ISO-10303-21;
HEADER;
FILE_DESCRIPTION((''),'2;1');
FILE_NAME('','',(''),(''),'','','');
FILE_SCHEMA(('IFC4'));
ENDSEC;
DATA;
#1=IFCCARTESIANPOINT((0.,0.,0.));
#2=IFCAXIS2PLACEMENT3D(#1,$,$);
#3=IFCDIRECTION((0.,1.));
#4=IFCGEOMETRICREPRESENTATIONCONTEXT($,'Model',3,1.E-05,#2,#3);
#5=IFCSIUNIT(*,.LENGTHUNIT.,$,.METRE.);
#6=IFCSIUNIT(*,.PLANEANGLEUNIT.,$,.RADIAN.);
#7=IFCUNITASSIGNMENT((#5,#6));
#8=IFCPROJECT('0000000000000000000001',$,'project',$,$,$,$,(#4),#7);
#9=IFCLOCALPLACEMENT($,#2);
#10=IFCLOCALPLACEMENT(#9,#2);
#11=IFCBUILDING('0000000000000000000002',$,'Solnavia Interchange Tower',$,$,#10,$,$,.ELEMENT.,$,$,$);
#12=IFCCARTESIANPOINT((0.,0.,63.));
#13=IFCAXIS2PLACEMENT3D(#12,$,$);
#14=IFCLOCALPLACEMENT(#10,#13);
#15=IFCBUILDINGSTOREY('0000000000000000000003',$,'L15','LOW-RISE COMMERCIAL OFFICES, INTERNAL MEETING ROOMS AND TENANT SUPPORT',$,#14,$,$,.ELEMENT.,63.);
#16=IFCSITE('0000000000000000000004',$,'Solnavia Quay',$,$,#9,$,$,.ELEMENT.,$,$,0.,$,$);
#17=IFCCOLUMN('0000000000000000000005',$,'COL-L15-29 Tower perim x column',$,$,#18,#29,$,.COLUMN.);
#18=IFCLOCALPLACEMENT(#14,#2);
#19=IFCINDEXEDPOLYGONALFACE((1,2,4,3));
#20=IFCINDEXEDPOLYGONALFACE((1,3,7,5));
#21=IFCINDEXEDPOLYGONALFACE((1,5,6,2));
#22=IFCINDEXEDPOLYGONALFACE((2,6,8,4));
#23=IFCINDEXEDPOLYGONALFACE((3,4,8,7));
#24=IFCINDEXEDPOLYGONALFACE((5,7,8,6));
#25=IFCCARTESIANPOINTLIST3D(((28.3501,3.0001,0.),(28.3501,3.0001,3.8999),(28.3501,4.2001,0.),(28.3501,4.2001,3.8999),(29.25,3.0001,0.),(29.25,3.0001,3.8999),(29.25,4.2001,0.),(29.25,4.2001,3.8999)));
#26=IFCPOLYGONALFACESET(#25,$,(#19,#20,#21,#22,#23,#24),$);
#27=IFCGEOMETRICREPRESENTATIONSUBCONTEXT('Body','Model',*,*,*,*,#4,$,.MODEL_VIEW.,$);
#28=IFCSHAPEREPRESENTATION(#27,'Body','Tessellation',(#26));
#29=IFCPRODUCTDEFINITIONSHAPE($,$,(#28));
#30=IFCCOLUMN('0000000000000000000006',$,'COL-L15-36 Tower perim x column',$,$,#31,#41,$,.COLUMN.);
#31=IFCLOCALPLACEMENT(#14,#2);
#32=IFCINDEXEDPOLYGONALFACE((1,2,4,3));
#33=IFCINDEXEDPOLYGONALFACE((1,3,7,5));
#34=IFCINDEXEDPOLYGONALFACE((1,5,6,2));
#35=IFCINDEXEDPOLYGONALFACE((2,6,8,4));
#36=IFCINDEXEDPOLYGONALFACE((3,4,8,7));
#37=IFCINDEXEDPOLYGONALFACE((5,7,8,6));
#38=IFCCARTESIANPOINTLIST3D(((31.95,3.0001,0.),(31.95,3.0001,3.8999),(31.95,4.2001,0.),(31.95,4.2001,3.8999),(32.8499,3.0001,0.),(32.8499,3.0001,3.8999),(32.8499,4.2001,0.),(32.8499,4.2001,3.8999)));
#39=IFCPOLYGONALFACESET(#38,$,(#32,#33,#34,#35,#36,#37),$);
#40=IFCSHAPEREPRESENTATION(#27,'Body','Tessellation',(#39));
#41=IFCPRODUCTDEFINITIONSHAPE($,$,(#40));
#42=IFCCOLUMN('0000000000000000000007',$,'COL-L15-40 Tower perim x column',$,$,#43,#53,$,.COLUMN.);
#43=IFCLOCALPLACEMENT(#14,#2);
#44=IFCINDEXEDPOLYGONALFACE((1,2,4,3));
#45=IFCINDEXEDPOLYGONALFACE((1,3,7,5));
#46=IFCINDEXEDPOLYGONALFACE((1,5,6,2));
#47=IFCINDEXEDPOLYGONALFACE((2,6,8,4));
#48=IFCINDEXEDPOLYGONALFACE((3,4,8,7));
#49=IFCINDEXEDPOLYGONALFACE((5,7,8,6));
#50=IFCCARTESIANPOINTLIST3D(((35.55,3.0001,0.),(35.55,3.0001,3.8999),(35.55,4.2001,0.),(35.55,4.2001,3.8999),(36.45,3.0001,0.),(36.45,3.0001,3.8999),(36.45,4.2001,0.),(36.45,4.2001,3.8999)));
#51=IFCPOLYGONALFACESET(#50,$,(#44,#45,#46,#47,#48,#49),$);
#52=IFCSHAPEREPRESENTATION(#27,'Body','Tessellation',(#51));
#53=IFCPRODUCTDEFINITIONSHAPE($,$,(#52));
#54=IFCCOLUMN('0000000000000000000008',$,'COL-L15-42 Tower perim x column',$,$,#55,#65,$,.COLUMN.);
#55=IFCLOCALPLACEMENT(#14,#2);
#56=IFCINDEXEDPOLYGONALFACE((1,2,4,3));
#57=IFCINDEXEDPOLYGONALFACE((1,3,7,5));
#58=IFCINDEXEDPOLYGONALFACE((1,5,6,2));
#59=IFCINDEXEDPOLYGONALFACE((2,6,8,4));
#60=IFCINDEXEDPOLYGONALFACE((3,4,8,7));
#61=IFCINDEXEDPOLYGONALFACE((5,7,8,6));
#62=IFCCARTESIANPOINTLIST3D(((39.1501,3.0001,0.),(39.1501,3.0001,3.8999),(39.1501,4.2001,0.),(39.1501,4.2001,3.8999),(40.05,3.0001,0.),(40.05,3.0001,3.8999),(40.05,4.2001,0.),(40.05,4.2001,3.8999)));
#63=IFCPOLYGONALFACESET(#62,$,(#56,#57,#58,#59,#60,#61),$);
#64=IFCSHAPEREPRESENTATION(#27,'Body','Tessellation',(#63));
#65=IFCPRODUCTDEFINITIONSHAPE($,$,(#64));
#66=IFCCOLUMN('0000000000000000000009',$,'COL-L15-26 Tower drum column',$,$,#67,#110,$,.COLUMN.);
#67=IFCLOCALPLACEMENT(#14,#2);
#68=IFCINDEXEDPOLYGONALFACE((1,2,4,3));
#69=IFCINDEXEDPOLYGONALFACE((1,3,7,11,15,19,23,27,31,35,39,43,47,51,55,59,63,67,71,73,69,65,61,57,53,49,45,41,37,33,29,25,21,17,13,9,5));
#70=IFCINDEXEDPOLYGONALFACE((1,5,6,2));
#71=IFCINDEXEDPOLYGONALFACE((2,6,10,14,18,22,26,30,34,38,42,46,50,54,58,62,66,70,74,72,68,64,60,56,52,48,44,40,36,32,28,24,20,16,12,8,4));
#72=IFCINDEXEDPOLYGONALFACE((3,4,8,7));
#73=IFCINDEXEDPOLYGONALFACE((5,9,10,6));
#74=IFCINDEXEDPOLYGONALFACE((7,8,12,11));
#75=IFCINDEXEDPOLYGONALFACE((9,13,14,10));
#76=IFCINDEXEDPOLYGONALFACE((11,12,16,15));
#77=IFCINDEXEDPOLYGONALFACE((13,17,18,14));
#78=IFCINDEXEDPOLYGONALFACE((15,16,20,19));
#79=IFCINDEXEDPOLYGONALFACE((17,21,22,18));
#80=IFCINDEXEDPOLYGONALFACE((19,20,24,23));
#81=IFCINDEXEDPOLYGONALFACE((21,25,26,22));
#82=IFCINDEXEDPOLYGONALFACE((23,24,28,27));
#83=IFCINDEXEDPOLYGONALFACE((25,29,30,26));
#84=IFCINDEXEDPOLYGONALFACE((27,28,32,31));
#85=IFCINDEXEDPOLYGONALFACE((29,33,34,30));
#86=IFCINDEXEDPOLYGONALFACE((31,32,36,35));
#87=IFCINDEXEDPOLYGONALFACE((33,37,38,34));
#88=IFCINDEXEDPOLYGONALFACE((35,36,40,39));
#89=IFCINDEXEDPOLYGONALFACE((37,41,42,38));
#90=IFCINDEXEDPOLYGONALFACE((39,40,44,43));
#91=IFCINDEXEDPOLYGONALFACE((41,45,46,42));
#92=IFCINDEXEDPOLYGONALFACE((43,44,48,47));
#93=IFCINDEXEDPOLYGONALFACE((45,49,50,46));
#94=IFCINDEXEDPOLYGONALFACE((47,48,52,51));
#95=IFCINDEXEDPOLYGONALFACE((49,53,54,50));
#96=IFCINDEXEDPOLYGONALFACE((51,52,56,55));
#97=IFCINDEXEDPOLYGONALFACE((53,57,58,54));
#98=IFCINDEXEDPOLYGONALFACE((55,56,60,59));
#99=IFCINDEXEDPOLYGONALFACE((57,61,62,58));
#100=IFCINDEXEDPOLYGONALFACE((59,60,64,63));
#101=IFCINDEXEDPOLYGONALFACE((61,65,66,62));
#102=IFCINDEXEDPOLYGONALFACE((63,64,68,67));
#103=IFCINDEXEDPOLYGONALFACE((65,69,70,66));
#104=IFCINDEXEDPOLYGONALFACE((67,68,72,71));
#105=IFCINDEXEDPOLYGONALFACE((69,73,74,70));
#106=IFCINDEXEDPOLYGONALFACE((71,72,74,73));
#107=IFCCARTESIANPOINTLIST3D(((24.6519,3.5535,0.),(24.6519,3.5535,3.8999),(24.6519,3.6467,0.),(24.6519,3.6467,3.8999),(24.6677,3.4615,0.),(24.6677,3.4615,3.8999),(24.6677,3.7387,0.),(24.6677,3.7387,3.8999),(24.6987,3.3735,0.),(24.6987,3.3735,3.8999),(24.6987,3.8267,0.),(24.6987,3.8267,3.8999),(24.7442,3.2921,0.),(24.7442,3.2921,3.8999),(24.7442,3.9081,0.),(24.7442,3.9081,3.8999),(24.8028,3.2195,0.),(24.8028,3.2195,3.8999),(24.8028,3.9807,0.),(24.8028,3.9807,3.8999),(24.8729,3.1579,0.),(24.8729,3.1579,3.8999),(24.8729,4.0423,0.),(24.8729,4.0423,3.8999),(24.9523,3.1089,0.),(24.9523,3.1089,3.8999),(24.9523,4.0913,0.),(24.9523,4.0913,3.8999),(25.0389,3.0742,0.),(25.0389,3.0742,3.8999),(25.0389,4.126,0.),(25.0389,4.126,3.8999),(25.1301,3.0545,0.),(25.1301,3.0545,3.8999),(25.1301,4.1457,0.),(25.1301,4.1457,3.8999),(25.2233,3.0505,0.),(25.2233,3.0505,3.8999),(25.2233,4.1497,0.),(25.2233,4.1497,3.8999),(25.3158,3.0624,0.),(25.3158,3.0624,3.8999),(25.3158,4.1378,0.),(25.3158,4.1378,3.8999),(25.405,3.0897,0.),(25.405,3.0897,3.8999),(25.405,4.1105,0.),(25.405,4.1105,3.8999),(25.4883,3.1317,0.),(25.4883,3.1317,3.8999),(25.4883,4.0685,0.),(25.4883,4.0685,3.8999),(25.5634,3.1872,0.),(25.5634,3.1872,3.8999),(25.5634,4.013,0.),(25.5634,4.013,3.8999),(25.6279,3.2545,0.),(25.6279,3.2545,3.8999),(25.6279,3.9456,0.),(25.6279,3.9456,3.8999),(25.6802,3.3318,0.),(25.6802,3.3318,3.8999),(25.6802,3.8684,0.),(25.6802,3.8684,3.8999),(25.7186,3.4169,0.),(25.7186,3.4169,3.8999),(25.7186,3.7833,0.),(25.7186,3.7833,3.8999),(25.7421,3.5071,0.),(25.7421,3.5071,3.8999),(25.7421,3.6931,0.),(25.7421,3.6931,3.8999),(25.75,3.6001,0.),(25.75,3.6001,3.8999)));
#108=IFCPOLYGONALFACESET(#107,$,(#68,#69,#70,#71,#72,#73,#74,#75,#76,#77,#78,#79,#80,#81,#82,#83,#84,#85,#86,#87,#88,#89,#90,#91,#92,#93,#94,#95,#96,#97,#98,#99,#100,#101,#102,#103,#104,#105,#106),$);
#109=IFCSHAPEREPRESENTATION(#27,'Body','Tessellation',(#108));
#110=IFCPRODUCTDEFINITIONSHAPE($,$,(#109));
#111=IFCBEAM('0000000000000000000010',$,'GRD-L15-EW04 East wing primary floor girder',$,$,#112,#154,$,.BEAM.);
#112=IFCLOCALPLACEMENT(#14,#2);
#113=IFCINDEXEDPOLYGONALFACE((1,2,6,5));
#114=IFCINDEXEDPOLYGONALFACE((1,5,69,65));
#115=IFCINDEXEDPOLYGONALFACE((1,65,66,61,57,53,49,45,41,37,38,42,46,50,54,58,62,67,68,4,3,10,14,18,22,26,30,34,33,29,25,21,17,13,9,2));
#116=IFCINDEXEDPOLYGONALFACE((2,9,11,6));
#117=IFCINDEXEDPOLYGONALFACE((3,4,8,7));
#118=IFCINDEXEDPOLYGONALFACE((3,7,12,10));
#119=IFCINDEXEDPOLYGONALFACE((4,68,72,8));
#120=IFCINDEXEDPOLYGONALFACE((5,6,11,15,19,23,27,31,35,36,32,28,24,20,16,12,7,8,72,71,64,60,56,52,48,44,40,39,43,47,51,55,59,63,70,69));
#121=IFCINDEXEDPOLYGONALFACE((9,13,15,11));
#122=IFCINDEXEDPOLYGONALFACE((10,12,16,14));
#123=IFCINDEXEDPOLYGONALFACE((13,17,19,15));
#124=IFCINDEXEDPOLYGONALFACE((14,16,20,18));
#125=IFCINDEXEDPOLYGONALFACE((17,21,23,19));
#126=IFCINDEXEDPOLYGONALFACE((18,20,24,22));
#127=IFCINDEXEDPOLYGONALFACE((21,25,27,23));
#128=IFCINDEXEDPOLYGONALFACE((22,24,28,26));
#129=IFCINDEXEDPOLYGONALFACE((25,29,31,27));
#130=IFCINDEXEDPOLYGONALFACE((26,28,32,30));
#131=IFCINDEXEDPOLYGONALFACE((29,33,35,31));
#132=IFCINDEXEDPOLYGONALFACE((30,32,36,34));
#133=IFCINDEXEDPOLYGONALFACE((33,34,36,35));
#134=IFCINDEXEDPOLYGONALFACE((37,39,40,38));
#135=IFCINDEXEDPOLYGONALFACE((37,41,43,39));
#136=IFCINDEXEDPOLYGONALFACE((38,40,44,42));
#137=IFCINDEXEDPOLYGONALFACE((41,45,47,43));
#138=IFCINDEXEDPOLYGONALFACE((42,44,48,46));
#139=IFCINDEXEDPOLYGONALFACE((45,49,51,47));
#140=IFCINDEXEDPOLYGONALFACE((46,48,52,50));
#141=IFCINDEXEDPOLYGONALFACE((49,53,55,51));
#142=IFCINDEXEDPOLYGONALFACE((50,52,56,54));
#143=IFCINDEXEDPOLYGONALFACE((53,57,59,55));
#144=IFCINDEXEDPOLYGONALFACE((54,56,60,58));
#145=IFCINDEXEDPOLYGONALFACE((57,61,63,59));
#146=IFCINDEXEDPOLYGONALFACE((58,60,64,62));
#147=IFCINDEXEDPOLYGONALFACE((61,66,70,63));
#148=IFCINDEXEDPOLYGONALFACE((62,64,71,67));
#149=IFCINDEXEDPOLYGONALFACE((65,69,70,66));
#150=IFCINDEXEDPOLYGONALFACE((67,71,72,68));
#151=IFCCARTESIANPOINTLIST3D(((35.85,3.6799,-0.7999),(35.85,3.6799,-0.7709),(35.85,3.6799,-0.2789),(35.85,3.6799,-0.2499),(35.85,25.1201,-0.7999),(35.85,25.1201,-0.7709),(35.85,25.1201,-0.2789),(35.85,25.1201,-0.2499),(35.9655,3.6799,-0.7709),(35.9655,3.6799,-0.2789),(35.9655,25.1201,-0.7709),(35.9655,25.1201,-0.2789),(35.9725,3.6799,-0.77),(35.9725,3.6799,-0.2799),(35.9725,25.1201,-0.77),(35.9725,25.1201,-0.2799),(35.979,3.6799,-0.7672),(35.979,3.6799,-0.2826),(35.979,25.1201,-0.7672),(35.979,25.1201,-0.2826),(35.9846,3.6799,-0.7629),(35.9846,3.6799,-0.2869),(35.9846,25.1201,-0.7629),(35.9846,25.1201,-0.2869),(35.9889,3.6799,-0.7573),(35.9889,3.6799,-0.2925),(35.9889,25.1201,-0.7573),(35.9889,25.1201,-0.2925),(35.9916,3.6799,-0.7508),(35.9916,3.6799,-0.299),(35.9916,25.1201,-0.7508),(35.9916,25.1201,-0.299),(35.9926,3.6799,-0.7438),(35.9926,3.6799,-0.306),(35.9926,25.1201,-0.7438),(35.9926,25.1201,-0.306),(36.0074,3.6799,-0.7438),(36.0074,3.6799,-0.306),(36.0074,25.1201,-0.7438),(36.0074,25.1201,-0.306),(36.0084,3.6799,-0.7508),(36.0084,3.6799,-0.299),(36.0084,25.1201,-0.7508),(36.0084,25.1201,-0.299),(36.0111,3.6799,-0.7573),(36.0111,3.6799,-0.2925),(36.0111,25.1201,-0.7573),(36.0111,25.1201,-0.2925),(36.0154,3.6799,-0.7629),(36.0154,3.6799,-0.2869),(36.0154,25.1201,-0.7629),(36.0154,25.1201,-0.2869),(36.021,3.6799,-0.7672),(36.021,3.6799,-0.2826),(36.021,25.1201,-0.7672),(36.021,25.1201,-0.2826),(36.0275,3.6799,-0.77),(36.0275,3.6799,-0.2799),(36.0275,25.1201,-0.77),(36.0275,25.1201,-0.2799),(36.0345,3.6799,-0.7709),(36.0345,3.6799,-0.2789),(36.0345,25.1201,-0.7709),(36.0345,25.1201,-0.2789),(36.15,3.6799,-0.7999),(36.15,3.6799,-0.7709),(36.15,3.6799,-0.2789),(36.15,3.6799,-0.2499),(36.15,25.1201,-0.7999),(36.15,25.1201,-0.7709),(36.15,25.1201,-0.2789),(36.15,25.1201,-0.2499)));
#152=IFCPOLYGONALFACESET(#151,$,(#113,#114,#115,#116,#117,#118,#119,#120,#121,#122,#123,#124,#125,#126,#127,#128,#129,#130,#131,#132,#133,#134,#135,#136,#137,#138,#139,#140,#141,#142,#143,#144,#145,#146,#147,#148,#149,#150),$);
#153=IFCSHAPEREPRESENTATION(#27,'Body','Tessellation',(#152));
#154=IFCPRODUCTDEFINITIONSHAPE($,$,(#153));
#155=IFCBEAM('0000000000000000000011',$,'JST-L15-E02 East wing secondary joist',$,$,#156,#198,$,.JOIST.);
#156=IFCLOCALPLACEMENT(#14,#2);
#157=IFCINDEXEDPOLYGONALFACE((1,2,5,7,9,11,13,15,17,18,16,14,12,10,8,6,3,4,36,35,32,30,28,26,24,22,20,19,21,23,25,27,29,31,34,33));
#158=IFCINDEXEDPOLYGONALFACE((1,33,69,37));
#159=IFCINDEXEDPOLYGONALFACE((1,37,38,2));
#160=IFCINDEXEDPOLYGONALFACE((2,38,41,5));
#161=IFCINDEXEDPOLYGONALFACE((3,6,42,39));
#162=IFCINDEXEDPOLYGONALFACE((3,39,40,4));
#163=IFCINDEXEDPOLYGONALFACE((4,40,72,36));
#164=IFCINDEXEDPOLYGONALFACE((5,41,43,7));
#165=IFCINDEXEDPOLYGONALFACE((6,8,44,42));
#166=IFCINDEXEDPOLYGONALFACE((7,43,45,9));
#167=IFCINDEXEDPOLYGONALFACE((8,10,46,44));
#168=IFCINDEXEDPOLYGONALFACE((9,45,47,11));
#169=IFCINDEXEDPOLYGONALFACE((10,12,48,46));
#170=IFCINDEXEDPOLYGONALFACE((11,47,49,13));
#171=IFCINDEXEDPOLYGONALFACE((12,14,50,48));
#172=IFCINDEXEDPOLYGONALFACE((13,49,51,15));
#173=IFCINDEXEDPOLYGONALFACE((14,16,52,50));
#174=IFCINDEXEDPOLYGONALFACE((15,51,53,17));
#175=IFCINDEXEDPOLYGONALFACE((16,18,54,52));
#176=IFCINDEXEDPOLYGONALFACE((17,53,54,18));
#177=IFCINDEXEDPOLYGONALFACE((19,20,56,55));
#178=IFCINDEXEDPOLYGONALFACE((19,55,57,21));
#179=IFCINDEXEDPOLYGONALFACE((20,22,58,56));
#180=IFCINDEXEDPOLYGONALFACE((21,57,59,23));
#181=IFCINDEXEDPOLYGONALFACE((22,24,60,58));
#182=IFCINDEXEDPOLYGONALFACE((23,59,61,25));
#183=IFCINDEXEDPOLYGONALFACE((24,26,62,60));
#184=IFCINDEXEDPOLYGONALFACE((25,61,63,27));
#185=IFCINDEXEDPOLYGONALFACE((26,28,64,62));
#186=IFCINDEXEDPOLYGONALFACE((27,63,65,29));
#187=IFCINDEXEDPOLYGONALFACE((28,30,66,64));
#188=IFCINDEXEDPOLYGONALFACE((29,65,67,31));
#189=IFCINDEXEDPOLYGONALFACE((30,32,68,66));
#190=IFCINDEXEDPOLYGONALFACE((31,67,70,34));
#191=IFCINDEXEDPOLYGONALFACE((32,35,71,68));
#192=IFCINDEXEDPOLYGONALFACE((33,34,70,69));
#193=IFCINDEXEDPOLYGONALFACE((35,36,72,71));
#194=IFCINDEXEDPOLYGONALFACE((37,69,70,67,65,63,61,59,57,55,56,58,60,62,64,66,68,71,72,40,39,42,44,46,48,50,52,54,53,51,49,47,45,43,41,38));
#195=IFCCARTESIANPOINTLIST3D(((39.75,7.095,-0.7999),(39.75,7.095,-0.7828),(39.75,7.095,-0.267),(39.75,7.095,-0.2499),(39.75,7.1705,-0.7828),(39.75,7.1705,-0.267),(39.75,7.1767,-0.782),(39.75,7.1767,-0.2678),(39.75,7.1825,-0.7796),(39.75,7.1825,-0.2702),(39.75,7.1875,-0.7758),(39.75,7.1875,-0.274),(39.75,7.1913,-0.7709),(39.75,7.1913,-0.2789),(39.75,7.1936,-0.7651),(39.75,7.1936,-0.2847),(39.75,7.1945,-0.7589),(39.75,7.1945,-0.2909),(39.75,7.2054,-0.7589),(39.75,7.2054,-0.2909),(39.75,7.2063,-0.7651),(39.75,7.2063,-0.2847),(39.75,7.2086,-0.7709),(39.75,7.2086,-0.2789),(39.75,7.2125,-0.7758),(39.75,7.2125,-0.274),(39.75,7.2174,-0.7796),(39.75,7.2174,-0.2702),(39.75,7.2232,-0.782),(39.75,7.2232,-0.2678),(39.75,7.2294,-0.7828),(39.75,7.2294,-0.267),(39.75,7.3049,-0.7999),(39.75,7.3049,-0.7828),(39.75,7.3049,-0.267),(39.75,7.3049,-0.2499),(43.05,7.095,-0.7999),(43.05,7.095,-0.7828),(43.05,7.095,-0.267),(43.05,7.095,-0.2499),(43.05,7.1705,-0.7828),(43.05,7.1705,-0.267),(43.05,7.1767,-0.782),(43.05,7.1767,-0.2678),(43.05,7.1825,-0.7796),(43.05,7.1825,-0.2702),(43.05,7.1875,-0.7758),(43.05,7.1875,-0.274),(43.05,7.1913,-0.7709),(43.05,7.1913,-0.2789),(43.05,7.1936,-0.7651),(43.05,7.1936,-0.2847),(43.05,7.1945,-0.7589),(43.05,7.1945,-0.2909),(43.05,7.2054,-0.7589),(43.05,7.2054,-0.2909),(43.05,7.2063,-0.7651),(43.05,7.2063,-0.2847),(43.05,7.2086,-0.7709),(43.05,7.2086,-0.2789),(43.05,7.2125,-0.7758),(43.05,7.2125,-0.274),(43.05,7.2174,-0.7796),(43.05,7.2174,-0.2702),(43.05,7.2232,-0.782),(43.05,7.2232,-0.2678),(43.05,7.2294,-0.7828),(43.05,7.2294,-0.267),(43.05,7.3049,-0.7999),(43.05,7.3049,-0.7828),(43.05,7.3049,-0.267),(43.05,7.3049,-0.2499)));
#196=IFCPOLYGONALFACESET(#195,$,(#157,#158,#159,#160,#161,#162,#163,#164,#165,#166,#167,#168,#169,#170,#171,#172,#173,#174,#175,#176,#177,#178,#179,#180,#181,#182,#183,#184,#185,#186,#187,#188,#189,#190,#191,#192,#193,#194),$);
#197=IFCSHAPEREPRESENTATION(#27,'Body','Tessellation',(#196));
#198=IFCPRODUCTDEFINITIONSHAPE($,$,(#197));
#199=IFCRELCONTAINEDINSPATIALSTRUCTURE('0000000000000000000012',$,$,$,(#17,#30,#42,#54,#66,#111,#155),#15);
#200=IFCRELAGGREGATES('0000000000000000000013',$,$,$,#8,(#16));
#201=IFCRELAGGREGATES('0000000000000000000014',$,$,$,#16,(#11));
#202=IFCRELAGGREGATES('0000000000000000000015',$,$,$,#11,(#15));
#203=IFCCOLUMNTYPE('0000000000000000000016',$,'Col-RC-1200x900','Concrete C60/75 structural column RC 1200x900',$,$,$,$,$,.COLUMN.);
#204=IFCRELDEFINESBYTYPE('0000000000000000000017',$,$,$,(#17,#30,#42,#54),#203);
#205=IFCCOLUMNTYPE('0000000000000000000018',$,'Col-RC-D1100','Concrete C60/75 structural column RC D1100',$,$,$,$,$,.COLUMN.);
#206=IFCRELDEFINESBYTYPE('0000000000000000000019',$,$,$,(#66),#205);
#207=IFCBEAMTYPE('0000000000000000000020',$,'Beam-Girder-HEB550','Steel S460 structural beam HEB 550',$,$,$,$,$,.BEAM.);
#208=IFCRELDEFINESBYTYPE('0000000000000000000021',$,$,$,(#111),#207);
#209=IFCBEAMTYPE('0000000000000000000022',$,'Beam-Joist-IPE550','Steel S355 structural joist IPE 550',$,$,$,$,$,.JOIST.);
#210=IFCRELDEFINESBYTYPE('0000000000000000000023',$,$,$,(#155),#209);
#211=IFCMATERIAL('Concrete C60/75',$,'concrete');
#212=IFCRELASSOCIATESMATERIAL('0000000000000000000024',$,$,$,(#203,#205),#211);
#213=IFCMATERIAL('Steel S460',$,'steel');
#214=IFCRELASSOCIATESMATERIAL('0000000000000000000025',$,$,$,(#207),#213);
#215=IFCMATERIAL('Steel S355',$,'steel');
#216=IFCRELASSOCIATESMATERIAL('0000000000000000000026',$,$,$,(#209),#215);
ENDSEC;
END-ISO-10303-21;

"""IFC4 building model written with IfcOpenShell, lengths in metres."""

from ifc_helpers import new_model, si_unit, direction, frame, origin, origin_2d, place, context, subcontext, project, spatial, rectangle, circle, i_section, extrude, material, material_profile, profile_set, type_object, element, save


model = new_model("IFC4")

# Units and contexts
model_context = context("Model", 3, precision=1e-05, world=origin(), true_north=direction((0.0, 1.0)))
body_context = subcontext(model_context, "Body", "Model", "MODEL_VIEW")
ifc_project = project(units=[si_unit("LENGTHUNIT", "METRE"), si_unit("PLANEANGLEUNIT", "RADIAN")], contexts=[model_context])

# Site, building, storey
site_placement = place(None, origin())
site = spatial("IfcSite", under=ifc_project, at=site_placement, Name="Solnavia Quay", CompositionType="ELEMENT", RefElevation=0.0)
building_placement = place(site_placement, origin())
building = spatial("IfcBuilding", under=site, at=building_placement, Name="Solnavia Interchange Tower", CompositionType="ELEMENT")
storey_placement = place(building_placement, frame((0.0, 0.0, 63.0)))
storey = spatial("IfcBuildingStorey", under=building, at=storey_placement, Name="L15", Description="LOW-RISE COMMERCIAL OFFICES, INTERNAL MEETING ROOMS AND TENANT SUPPORT", CompositionType="ELEMENT", Elevation=63.0)

# Columns
ifc_material_1 = material(Name="Concrete C60/75", Category="concrete")
ifc_material_profile_1 = material_profile(ifc_material_1, rectangle(XDim=0.8999, YDim=1.2, at=origin_2d()), Name="RC 1200x900")
ifc_profile_set_1 = profile_set([ifc_material_profile_1], Name="Concrete C60/75")
column_type_1 = type_object("IfcColumnType", Name="Col-RC-1200x900", Description="Concrete C60/75 structural column RC 1200x900", PredefinedType="COLUMN", material=ifc_profile_set_1)
for number, where, z_axis, x_axis, name in (
    (1, (28.8, 3.6001, 0.0), (0.0, 0.0, 1.0), (1.0, 0.0, 0.0), "COL-L15-29 Tower perim x column"),
    (2, (32.3999, 3.6001, 0.0), (0.0, 0.0, 1.0), (1.0, 0.0, 0.0), "COL-L15-36 Tower perim x column"),
    (3, (36.0, 3.6001, 0.0), (0.0, 0.0, 1.0), (1.0, 0.0, 0.0), "COL-L15-40 Tower perim x column"),
    (4, (39.6001, 3.6001, 0.0), (0.0, 0.0, 1.0), (1.0, 0.0, 0.0), "COL-L15-42 Tower perim x column"),
):
    element("IfcColumn", number, at=place(storey_placement, frame(where, z_axis=z_axis, x_axis=x_axis)), inside=storey, type_object=column_type_1, Name=name, PredefinedType="COLUMN", context=body_context, shape_type="SweptSolid", body=[
        extrude(rectangle(XDim=0.8999, YDim=1.2, at=origin_2d()), origin(), (0.0, 0.0, 1.0), 3.8999),
    ])
ifc_material_profile_2 = material_profile(ifc_material_1, circle(Radius=0.55, at=origin_2d()), Name="RC D1100")
ifc_profile_set_2 = profile_set([ifc_material_profile_2], Name="Concrete C60/75")
column_type_2 = type_object("IfcColumnType", Name="Col-RC-D1100", Description="Concrete C60/75 structural column RC D1100", PredefinedType="COLUMN", material=ifc_profile_set_2)
column_placement = place(storey_placement, frame((25.2, 3.6001, 0.0), z_axis=(0.0, 0.0, 1.0), x_axis=(1.0, 0.0, 0.0)))
element("IfcColumn", 5, at=column_placement, inside=storey, type_object=column_type_2, Name="COL-L15-26 Tower drum column", PredefinedType="COLUMN", context=body_context, shape_type="SweptSolid", body=[
    extrude(circle(Radius=0.55, at=origin_2d()), origin(), (0.0, 0.0, 1.0), 3.8999),
])

# Beams
ifc_material_2 = material(Name="Steel S460", Category="steel")
ifc_material_profile_3 = material_profile(ifc_material_2, i_section(OverallWidth=0.3, OverallDepth=0.55, WebThickness=0.0149, FlangeThickness=0.0291, FilletRadius=0.0271, at=origin_2d()), Name="HEB 550")
ifc_profile_set_3 = profile_set([ifc_material_profile_3], Name="Steel S460")
beam_type_1 = type_object("IfcBeamType", Name="Beam-Girder-HEB550", Description="Steel S460 structural beam HEB 550", PredefinedType="BEAM", material=ifc_profile_set_3)
beam_1_placement = place(storey_placement, frame((36.0, 3.6799, -0.5249), z_axis=(0.0, 1.0, 0.0), x_axis=(-1.0, 0.0, 0.0)))
element("IfcBeam", 6, at=beam_1_placement, inside=storey, type_object=beam_type_1, Name="GRD-L15-EW04 East wing primary floor girder", PredefinedType="BEAM", context=body_context, shape_type="SweptSolid", body=[
    extrude(i_section(OverallWidth=0.3, OverallDepth=0.55, WebThickness=0.0149, FlangeThickness=0.0291, FilletRadius=0.0271, at=origin_2d()), origin(), (0.0, 0.0, 1.0), 21.4402),
])
ifc_material_3 = material(Name="Steel S355", Category="steel")
ifc_material_profile_4 = material_profile(ifc_material_3, i_section(OverallWidth=0.21, OverallDepth=0.55, WebThickness=0.011, FlangeThickness=0.0171, FilletRadius=0.0239, at=origin_2d()), Name="IPE 550")
ifc_profile_set_4 = profile_set([ifc_material_profile_4], Name="Steel S355")
beam_type_2 = type_object("IfcBeamType", Name="Beam-Joist-IPE550", Description="Steel S355 structural joist IPE 550", PredefinedType="JOIST", material=ifc_profile_set_4)
beam_2_placement = place(storey_placement, frame((39.75, 7.2, -0.5249), z_axis=(1.0, 0.0, 0.0), x_axis=(0.0, 1.0, 0.0)))
element("IfcBeam", 7, at=beam_2_placement, inside=storey, type_object=beam_type_2, Name="JST-L15-E02 East wing secondary joist", PredefinedType="JOIST", context=body_context, shape_type="SweptSolid", body=[
    extrude(i_section(OverallWidth=0.21, OverallDepth=0.55, WebThickness=0.011, FlangeThickness=0.0171, FilletRadius=0.0239, at=origin_2d()), origin(), (0.0, 0.0, 1.0), 3.3),
])

save(model, "model.ifc")
